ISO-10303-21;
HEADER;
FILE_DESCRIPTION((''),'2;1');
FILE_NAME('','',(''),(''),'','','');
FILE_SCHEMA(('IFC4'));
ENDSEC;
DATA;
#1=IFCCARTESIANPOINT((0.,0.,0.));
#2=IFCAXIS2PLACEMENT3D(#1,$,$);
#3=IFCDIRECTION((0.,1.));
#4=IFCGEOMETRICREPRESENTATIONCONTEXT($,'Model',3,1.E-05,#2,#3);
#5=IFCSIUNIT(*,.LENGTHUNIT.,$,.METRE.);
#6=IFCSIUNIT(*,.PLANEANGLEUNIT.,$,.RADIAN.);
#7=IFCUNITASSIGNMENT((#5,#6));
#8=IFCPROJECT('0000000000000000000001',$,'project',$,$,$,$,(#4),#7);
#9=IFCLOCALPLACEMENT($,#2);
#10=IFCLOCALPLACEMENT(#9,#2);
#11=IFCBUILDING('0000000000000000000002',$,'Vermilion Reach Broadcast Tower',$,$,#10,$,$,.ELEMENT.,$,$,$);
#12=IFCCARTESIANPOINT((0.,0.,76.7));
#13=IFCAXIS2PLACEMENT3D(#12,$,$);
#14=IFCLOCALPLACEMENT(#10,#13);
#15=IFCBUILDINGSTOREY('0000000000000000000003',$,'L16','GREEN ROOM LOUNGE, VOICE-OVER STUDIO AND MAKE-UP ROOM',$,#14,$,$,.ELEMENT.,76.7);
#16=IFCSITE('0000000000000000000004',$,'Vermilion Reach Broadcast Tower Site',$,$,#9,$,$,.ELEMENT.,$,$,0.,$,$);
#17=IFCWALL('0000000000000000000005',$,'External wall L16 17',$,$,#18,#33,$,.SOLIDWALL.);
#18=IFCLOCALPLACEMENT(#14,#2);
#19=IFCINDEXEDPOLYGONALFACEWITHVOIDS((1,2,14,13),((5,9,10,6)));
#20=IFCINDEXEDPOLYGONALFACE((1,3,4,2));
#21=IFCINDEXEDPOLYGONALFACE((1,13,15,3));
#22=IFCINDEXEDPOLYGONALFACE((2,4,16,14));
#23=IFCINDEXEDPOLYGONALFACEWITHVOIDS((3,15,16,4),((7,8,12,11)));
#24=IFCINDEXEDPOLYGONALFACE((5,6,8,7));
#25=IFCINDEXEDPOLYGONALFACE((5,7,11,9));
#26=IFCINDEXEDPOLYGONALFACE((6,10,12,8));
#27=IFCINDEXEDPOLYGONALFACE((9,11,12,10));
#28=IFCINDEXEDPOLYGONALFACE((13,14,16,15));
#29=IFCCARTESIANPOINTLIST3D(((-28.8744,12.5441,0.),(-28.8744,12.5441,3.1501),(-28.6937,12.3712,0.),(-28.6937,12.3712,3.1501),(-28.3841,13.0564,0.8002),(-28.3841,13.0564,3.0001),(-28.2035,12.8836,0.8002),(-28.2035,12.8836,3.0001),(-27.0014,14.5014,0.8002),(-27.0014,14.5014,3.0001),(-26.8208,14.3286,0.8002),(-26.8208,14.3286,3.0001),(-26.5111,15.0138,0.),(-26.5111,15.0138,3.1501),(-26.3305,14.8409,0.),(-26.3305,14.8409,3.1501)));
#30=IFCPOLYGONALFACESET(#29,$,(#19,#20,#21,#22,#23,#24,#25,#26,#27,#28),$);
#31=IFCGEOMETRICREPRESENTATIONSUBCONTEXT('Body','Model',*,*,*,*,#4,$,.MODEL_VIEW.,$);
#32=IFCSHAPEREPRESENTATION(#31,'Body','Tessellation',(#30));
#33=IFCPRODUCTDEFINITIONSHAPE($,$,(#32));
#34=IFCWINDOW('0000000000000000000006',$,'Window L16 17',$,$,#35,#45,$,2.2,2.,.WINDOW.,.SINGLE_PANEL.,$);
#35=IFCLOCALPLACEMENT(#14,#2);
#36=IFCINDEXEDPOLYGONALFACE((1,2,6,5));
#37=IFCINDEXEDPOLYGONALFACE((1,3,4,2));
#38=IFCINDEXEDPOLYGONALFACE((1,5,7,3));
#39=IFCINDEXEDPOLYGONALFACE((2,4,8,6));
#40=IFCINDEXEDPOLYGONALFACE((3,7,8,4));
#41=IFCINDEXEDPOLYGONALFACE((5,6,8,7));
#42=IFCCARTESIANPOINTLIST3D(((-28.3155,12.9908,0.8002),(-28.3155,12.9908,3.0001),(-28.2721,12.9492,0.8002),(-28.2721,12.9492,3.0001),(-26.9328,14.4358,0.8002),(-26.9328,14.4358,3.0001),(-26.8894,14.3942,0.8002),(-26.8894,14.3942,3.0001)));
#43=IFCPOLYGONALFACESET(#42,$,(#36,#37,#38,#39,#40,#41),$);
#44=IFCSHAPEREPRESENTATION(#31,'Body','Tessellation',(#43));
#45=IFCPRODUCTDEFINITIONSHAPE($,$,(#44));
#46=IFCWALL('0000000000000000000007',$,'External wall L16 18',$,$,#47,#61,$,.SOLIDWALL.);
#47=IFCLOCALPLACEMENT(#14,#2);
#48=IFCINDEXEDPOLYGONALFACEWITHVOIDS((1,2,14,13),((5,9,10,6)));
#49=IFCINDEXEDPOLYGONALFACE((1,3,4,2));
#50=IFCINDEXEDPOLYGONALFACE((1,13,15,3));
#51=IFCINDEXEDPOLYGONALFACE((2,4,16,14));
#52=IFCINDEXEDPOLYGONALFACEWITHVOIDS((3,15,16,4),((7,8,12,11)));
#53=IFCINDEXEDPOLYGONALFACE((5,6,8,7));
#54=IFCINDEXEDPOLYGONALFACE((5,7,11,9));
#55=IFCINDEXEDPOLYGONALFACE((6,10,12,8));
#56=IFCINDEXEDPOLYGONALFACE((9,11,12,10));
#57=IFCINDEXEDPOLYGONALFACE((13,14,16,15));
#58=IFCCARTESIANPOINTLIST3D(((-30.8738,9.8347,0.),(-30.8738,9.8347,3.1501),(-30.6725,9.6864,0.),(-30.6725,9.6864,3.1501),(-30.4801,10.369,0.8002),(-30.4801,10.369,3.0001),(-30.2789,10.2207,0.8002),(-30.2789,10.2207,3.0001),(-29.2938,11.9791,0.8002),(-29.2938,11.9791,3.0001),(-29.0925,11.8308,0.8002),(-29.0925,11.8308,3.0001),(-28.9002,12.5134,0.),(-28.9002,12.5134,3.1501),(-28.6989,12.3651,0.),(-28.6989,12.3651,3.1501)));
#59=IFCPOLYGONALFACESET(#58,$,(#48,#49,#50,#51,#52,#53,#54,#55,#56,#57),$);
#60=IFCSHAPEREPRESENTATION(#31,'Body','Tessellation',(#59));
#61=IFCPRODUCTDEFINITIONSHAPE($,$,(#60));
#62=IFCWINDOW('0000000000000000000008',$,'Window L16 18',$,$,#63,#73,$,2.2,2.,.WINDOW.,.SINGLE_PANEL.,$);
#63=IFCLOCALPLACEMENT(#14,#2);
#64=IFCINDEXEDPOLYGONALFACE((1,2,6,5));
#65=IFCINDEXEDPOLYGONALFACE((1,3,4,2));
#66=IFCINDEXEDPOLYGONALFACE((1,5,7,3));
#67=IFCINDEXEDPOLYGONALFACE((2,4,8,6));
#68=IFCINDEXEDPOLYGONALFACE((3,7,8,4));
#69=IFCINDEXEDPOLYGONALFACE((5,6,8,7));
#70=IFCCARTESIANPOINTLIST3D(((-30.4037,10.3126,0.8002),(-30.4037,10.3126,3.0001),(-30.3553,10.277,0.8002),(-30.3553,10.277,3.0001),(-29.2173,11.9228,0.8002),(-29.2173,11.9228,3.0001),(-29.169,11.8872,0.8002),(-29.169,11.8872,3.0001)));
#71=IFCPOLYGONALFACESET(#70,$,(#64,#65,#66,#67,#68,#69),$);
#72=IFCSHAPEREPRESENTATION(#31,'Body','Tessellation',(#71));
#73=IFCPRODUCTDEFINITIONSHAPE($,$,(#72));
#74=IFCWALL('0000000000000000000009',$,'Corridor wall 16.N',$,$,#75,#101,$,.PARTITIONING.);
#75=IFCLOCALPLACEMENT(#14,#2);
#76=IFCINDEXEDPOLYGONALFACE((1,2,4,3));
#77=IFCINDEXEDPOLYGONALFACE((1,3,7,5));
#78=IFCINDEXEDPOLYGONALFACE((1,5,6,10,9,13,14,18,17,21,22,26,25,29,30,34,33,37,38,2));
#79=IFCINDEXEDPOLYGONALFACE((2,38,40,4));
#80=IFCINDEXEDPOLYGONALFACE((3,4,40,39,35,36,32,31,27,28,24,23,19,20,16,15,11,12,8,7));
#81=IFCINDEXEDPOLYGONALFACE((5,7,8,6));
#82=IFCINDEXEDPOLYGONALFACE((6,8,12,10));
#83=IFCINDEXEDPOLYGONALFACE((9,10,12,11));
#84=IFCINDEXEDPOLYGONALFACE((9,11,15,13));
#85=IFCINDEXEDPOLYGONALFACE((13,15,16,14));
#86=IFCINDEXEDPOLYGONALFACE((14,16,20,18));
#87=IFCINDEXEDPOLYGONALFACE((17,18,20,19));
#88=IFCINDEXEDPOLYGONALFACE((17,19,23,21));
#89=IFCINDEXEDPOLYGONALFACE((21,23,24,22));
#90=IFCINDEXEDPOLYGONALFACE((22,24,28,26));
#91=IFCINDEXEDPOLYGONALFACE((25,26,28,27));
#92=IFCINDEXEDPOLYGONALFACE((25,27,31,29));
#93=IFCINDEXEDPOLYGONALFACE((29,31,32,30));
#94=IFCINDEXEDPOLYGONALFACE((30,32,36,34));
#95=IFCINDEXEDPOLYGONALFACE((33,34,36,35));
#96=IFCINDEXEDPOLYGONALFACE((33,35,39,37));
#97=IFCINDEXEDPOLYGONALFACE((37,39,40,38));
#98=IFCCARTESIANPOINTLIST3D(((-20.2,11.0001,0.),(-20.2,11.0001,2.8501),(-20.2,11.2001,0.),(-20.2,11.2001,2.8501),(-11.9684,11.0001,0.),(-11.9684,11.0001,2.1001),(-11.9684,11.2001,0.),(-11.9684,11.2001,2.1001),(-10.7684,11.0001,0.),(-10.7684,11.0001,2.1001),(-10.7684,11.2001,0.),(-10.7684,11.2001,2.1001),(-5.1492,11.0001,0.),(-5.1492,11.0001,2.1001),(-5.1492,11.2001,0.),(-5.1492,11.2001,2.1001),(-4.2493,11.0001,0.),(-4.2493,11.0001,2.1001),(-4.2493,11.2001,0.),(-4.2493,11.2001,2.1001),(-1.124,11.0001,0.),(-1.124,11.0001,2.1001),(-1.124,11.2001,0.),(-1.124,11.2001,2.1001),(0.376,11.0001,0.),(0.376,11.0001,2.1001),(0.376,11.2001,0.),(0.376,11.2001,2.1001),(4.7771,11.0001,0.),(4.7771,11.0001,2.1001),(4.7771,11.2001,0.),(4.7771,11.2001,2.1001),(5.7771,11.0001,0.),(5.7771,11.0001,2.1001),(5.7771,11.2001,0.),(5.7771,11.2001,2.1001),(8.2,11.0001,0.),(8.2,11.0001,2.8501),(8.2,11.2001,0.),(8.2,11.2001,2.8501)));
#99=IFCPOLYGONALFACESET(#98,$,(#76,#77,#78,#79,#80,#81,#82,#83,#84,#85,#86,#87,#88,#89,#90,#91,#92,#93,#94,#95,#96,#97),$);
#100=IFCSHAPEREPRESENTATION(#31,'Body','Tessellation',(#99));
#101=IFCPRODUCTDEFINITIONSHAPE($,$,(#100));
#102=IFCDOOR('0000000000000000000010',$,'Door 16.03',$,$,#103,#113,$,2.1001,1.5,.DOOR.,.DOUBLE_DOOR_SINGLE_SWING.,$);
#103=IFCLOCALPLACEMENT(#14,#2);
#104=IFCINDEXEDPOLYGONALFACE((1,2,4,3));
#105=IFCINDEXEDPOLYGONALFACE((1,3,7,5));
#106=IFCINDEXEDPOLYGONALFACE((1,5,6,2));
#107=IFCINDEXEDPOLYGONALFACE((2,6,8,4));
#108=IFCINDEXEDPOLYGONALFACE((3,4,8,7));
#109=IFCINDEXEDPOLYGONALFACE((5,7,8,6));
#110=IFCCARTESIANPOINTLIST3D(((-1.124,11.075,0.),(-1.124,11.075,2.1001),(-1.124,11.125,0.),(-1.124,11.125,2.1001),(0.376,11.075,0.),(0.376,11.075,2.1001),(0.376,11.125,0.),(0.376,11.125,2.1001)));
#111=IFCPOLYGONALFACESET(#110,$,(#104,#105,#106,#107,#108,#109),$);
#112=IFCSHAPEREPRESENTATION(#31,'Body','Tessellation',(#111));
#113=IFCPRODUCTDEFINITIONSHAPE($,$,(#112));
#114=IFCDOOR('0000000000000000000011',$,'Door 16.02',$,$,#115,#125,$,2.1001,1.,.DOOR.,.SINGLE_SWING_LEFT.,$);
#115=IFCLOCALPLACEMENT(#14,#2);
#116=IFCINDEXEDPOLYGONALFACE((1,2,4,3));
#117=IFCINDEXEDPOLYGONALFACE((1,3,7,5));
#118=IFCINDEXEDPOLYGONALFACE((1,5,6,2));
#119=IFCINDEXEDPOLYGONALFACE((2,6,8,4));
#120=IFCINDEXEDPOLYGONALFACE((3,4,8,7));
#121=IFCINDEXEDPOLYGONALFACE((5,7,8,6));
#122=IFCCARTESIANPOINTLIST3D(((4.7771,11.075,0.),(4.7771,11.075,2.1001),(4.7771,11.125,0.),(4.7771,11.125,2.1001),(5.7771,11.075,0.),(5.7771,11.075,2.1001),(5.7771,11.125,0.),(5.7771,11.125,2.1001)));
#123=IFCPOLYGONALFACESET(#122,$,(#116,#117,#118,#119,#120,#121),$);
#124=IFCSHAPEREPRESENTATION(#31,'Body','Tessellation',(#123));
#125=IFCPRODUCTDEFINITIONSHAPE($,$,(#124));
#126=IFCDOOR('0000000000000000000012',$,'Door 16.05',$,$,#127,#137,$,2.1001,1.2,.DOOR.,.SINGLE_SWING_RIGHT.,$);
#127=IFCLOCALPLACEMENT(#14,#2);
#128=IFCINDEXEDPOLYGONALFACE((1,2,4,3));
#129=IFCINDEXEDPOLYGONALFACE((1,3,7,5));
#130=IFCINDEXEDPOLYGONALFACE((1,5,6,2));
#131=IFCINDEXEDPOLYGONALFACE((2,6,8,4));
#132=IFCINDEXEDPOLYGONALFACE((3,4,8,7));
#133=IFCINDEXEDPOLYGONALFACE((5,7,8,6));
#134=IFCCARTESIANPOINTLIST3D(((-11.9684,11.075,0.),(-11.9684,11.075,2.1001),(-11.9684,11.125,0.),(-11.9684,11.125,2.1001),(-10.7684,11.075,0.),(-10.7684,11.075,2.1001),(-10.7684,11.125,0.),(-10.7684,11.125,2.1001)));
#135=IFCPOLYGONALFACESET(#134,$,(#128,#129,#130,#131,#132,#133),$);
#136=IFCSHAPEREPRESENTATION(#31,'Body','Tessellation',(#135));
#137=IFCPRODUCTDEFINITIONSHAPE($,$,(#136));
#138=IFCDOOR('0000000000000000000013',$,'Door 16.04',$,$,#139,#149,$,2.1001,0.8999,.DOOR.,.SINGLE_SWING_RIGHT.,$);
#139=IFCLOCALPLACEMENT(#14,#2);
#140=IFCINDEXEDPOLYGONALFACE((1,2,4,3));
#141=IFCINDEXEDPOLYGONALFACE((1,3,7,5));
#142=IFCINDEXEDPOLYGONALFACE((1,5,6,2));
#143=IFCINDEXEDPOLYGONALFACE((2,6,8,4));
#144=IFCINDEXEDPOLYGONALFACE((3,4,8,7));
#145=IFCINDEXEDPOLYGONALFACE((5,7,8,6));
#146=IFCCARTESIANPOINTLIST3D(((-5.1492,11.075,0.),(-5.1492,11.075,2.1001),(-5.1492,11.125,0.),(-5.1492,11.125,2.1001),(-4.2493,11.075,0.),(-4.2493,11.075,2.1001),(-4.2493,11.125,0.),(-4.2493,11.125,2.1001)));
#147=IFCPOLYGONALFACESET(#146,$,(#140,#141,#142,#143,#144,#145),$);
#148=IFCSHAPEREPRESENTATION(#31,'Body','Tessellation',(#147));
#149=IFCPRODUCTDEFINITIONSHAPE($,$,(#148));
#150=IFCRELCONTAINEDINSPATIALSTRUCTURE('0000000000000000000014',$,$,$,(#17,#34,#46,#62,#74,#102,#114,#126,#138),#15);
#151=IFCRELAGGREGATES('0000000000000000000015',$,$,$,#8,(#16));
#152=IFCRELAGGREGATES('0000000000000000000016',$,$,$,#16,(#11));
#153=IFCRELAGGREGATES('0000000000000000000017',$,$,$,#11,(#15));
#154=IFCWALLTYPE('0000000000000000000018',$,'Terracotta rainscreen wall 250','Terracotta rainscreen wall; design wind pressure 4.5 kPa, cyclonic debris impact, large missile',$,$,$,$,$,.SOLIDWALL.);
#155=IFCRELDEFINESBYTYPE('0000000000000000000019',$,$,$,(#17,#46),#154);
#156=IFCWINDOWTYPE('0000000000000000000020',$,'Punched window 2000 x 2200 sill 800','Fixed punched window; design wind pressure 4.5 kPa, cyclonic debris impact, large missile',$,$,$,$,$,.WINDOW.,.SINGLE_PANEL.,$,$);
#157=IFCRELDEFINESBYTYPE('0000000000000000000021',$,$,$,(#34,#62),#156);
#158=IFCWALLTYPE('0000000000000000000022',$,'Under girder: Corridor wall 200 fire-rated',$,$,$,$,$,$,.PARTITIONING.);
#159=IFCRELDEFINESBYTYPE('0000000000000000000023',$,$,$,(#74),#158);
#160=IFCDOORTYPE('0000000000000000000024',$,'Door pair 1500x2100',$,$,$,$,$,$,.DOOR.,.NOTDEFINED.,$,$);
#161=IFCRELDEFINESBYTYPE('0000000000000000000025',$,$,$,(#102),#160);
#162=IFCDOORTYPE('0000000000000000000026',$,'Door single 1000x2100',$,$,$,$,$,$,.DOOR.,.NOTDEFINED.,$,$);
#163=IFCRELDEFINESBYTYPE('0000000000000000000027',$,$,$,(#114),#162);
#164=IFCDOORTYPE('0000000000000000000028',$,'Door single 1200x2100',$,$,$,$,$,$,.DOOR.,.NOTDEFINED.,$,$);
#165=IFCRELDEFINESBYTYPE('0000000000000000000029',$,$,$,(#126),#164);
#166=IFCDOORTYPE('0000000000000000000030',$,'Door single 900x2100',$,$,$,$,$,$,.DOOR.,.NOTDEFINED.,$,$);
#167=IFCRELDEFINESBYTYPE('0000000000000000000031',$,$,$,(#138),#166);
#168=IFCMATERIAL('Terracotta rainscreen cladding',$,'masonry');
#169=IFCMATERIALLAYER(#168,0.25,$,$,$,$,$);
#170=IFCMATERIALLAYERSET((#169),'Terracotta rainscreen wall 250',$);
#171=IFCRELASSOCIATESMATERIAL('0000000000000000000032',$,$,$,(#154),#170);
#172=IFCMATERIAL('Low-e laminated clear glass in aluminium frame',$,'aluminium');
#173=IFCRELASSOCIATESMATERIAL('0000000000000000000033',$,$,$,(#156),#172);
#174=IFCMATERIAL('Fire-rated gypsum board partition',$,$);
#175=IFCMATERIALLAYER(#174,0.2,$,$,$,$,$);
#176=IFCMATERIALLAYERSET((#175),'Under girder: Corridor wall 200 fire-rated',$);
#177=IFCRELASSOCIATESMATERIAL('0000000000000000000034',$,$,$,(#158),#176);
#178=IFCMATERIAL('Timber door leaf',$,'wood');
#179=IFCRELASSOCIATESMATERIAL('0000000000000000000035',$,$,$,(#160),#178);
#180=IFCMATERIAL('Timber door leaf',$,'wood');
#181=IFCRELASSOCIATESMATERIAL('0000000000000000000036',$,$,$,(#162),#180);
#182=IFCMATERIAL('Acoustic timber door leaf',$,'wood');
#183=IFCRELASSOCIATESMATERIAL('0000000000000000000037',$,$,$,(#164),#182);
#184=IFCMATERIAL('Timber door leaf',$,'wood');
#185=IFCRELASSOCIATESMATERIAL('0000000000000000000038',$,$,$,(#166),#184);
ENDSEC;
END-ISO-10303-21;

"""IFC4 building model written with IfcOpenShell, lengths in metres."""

from ifc_helpers import new_model, si_unit, direction, frame, frame_2d, origin, place, context, subcontext, project, spatial, rectangle, extrude, material, layer, layer_set, type_object, element, fill, save


model = new_model("IFC4")

# Units and contexts
model_context = context("Model", 3, precision=1e-05, world=origin(), true_north=direction((0.0, 1.0)))
body_context = subcontext(model_context, "Body", "Model", "MODEL_VIEW")
ifc_project = project(units=[si_unit("LENGTHUNIT", "METRE"), si_unit("PLANEANGLEUNIT", "RADIAN")], contexts=[model_context])

# Site, building, storey
site_placement = place(None, origin())
site = spatial("IfcSite", under=ifc_project, at=site_placement, Name="Vermilion Reach Broadcast Tower Site", CompositionType="ELEMENT", RefElevation=0.0)
building_placement = place(site_placement, origin())
building = spatial("IfcBuilding", under=site, at=building_placement, Name="Vermilion Reach Broadcast Tower", CompositionType="ELEMENT")
storey_placement = place(building_placement, frame((0.0, 0.0, 76.7)))
storey = spatial("IfcBuildingStorey", under=building, at=storey_placement, Name="L16", Description="GREEN ROOM LOUNGE, VOICE-OVER STUDIO AND MAKE-UP ROOM", CompositionType="ELEMENT", Elevation=76.7)

# Shared definitions
ifc_material_1 = material(Name="Terracotta rainscreen cladding", Category="masonry")
ifc_layer_1 = layer(ifc_material_1, 0.25)
ifc_layer_set_1 = layer_set([ifc_layer_1], Name="Terracotta rainscreen wall 250")
wall_type_1 = type_object("IfcWallType", Name="Terracotta rainscreen wall 250", Description="Terracotta rainscreen wall; design wind pressure 4.5 kPa, cyclonic debris impact, large missile", PredefinedType="SOLIDWALL", material=ifc_layer_set_1)

# Shared definitions
ifc_material_2 = material(Name="Low-e laminated clear glass in aluminium frame", Category="aluminium")
window_type = type_object("IfcWindowType", Name="Punched window 2000 x 2200 sill 800", Description="Fixed punched window; design wind pressure 4.5 kPa, cyclonic debris impact, large missile", PartitioningType="SINGLE_PANEL", PredefinedType="WINDOW", material=ifc_material_2)

# Walls, openings, windows
wall_1_placement = place(storey_placement, frame((-26.4209, 14.9272, 0.0), z_axis=(0.0, 0.0, 1.0), x_axis=(-0.691365, -0.722505, 0.0)))
wall_1 = element("IfcWall", 1, at=wall_1_placement, inside=storey, type_object=wall_type_1, Name="External wall L16 17", PredefinedType="SOLIDWALL", context=body_context, shape_type="SweptSolid", body=[
    extrude(rectangle(XDim=3.4182, YDim=0.25, at=frame_2d((1.709, 0.0))), origin(), (0.0, 0.0, 1.0), 3.1501),
])
opening_1_placement = place(wall_1_placement, frame((0.709, 0.0, 0.8)))
opening_1 = element("IfcOpeningElement", 2, at=opening_1_placement, cuts=wall_1, PredefinedType="OPENING", context=body_context, shape_type="SweptSolid", body=[
    extrude(rectangle(XDim=2.0, YDim=2.2, at=frame_2d((1.0, 1.1001))), frame((0.0, 0.135, 0.0), z_axis=(0.0, -1.0, 0.0), x_axis=(1.0, 0.0, 0.0)), (0.0, 0.0, 1.0), 0.27),
])
window_1_placement = place(opening_1_placement, origin())
window_1 = element("IfcWindow", 3, at=window_1_placement, inside=storey, type_object=window_type, Name="Window L16 17", OverallHeight=2.2, OverallWidth=2.0, PartitioningType="SINGLE_PANEL", PredefinedType="WINDOW", context=body_context, shape_type="SweptSolid", body=[
    extrude(rectangle(XDim=2.0, YDim=2.2, at=frame_2d((1.0, 1.1001))), frame((0.0, 0.03, 0.0), z_axis=(0.0, -1.0, 0.0), x_axis=(1.0, 0.0, 0.0)), (0.0, 0.0, 1.0), 0.0601),
])
fill(opening_1, window_1)
wall_2_placement = place(storey_placement, frame((-28.7996, 12.4392, 0.0), z_axis=(0.0, 0.0, 1.0), x_axis=(-0.593169, -0.805078, 0.0)))
wall_2 = element("IfcWall", 4, at=wall_2_placement, inside=storey, type_object=wall_type_1, Name="External wall L16 18", PredefinedType="SOLIDWALL", context=body_context, shape_type="SweptSolid", body=[
    extrude(rectangle(XDim=3.3271, YDim=0.25, at=frame_2d((1.6636, 0.0))), origin(), (0.0, 0.0, 1.0), 3.1501),
])
opening_2_placement = place(wall_2_placement, frame((0.6636, 0.0, 0.8)))
opening_2 = element("IfcOpeningElement", 5, at=opening_2_placement, cuts=wall_2, PredefinedType="OPENING", context=body_context, shape_type="SweptSolid", body=[
    extrude(rectangle(XDim=2.0, YDim=2.2, at=frame_2d((1.0, 1.1001))), frame((0.0, 0.135, 0.0), z_axis=(0.0, -1.0, 0.0), x_axis=(1.0, 0.0, 0.0)), (0.0, 0.0, 1.0), 0.27),
])
window_2_placement = place(opening_2_placement, origin())
window_2 = element("IfcWindow", 6, at=window_2_placement, inside=storey, type_object=window_type, Name="Window L16 18", OverallHeight=2.2, OverallWidth=2.0, PartitioningType="SINGLE_PANEL", PredefinedType="WINDOW", context=body_context, shape_type="SweptSolid", body=[
    extrude(rectangle(XDim=2.0, YDim=2.2, at=frame_2d((1.0, 1.1001))), frame((0.0, 0.03, 0.0), z_axis=(0.0, -1.0, 0.0), x_axis=(1.0, 0.0, 0.0)), (0.0, 0.0, 1.0), 0.0601),
])
fill(opening_2, window_2)

# Wall, openings, doors
ifc_material_3 = material(Name="Fire-rated gypsum board partition")
ifc_layer_2 = layer(ifc_material_3, 0.2)
ifc_layer_set_2 = layer_set([ifc_layer_2], Name="Under girder: Corridor wall 200 fire-rated")
wall_type_2 = type_object("IfcWallType", Name="Under girder: Corridor wall 200 fire-rated", PredefinedType="PARTITIONING", material=ifc_layer_set_2)
wall_3_placement = place(storey_placement, frame((-20.2, 11.1001, 0.0), z_axis=(0.0, 0.0, 1.0), x_axis=(1.0, 0.0, 0.0)))
wall_3 = element("IfcWall", 7, at=wall_3_placement, inside=storey, type_object=wall_type_2, Name="Corridor wall 16.N", PredefinedType="PARTITIONING", context=body_context, shape_type="SweptSolid", body=[
    extrude(rectangle(XDim=28.3999, YDim=0.2, at=frame_2d((14.2, 0.0))), origin(), (0.0, 0.0, 1.0), 2.8501),
])
opening_3_placement = place(wall_3_placement, frame((24.9771, 0.0, 0.0)))
opening_3 = element("IfcOpeningElement", 8, at=opening_3_placement, cuts=wall_3, PredefinedType="OPENING", context=body_context, shape_type="SweptSolid", body=[
    extrude(rectangle(XDim=1.0, YDim=2.1001, at=frame_2d((0.5, 1.05))), frame((0.0, 0.1099, 0.0), z_axis=(0.0, -1.0, 0.0), x_axis=(1.0, 0.0, 0.0)), (0.0, 0.0, 1.0), 0.22),
])
opening_4_placement = place(wall_3_placement, frame((19.0759, 0.0, 0.0)))
opening_4 = element("IfcOpeningElement", 9, at=opening_4_placement, cuts=wall_3, PredefinedType="OPENING", context=body_context, shape_type="SweptSolid", body=[
    extrude(rectangle(XDim=1.5, YDim=2.1001, at=frame_2d((0.75, 1.05))), frame((0.0, 0.1099, 0.0), z_axis=(0.0, -1.0, 0.0), x_axis=(1.0, 0.0, 0.0)), (0.0, 0.0, 1.0), 0.22),
])
opening_5_placement = place(wall_3_placement, frame((15.0508, 0.0, 0.0)))
opening_5 = element("IfcOpeningElement", 10, at=opening_5_placement, cuts=wall_3, PredefinedType="OPENING", context=body_context, shape_type="SweptSolid", body=[
    extrude(rectangle(XDim=0.8999, YDim=2.1001, at=frame_2d((0.45, 1.05))), frame((0.0, 0.1099, 0.0), z_axis=(0.0, -1.0, 0.0), x_axis=(1.0, 0.0, 0.0)), (0.0, 0.0, 1.0), 0.22),
])
opening_6_placement = place(wall_3_placement, frame((8.2314, 0.0, 0.0)))
opening_6 = element("IfcOpeningElement", 11, at=opening_6_placement, cuts=wall_3, PredefinedType="OPENING", context=body_context, shape_type="SweptSolid", body=[
    extrude(rectangle(XDim=1.2, YDim=2.1001, at=frame_2d((0.6001, 1.05))), frame((0.0, 0.1099, 0.0), z_axis=(0.0, -1.0, 0.0), x_axis=(1.0, 0.0, 0.0)), (0.0, 0.0, 1.0), 0.22),
])
ifc_material_4 = material(Name="Timber door leaf", Category="wood")
door_type_1 = type_object("IfcDoorType", Name="Door pair 1500x2100", OperationType="NOTDEFINED", PredefinedType="DOOR", material=ifc_material_4)
door_1_placement = place(opening_4_placement, origin())
door_1 = element("IfcDoor", 12, at=door_1_placement, inside=storey, type_object=door_type_1, Name="Door 16.03", OperationType="DOUBLE_DOOR_SINGLE_SWING", OverallHeight=2.1001, OverallWidth=1.5, PredefinedType="DOOR", context=body_context, shape_type="SweptSolid", body=[
    extrude(rectangle(XDim=1.5, YDim=2.1001, at=frame_2d((0.75, 1.05))), frame((0.0, 0.0249, 0.0), z_axis=(0.0, -1.0, 0.0), x_axis=(1.0, 0.0, 0.0)), (0.0, 0.0, 1.0), 0.05),
])
fill(opening_4, door_1)
ifc_material_5 = material(Name="Timber door leaf", Category="wood")
door_type_2 = type_object("IfcDoorType", Name="Door single 1000x2100", OperationType="NOTDEFINED", PredefinedType="DOOR", material=ifc_material_5)
door_2_placement = place(opening_3_placement, origin())
door_2 = element("IfcDoor", 13, at=door_2_placement, inside=storey, type_object=door_type_2, Name="Door 16.02", OperationType="SINGLE_SWING_LEFT", OverallHeight=2.1001, OverallWidth=1.0, PredefinedType="DOOR", context=body_context, shape_type="SweptSolid", body=[
    extrude(rectangle(XDim=1.0, YDim=2.1001, at=frame_2d((0.5, 1.05))), frame((0.0, 0.0249, 0.0), z_axis=(0.0, -1.0, 0.0), x_axis=(1.0, 0.0, 0.0)), (0.0, 0.0, 1.0), 0.05),
])
fill(opening_3, door_2)
ifc_material_6 = material(Name="Acoustic timber door leaf", Category="wood")
door_type_3 = type_object("IfcDoorType", Name="Door single 1200x2100", OperationType="NOTDEFINED", PredefinedType="DOOR", material=ifc_material_6)
door_3_placement = place(opening_6_placement, origin())
door_3 = element("IfcDoor", 14, at=door_3_placement, inside=storey, type_object=door_type_3, Name="Door 16.05", OperationType="SINGLE_SWING_RIGHT", OverallHeight=2.1001, OverallWidth=1.2, PredefinedType="DOOR", context=body_context, shape_type="SweptSolid", body=[
    extrude(rectangle(XDim=1.2, YDim=2.1001, at=frame_2d((0.6001, 1.05))), frame((0.0, 0.0249, 0.0), z_axis=(0.0, -1.0, 0.0), x_axis=(1.0, 0.0, 0.0)), (0.0, 0.0, 1.0), 0.05),
])
fill(opening_6, door_3)
ifc_material_7 = material(Name="Timber door leaf", Category="wood")
door_type_4 = type_object("IfcDoorType", Name="Door single 900x2100", OperationType="NOTDEFINED", PredefinedType="DOOR", material=ifc_material_7)
door_4_placement = place(opening_5_placement, origin())
door_4 = element("IfcDoor", 15, at=door_4_placement, inside=storey, type_object=door_type_4, Name="Door 16.04", OperationType="SINGLE_SWING_RIGHT", OverallHeight=2.1001, OverallWidth=0.8999, PredefinedType="DOOR", context=body_context, shape_type="SweptSolid", body=[
    extrude(rectangle(XDim=0.8999, YDim=2.1001, at=frame_2d((0.45, 1.05))), frame((0.0, 0.0249, 0.0), z_axis=(0.0, -1.0, 0.0), x_axis=(1.0, 0.0, 0.0)), (0.0, 0.0, 1.0), 0.05),
])
fill(opening_5, door_4)

save(model, "model.ifc")
